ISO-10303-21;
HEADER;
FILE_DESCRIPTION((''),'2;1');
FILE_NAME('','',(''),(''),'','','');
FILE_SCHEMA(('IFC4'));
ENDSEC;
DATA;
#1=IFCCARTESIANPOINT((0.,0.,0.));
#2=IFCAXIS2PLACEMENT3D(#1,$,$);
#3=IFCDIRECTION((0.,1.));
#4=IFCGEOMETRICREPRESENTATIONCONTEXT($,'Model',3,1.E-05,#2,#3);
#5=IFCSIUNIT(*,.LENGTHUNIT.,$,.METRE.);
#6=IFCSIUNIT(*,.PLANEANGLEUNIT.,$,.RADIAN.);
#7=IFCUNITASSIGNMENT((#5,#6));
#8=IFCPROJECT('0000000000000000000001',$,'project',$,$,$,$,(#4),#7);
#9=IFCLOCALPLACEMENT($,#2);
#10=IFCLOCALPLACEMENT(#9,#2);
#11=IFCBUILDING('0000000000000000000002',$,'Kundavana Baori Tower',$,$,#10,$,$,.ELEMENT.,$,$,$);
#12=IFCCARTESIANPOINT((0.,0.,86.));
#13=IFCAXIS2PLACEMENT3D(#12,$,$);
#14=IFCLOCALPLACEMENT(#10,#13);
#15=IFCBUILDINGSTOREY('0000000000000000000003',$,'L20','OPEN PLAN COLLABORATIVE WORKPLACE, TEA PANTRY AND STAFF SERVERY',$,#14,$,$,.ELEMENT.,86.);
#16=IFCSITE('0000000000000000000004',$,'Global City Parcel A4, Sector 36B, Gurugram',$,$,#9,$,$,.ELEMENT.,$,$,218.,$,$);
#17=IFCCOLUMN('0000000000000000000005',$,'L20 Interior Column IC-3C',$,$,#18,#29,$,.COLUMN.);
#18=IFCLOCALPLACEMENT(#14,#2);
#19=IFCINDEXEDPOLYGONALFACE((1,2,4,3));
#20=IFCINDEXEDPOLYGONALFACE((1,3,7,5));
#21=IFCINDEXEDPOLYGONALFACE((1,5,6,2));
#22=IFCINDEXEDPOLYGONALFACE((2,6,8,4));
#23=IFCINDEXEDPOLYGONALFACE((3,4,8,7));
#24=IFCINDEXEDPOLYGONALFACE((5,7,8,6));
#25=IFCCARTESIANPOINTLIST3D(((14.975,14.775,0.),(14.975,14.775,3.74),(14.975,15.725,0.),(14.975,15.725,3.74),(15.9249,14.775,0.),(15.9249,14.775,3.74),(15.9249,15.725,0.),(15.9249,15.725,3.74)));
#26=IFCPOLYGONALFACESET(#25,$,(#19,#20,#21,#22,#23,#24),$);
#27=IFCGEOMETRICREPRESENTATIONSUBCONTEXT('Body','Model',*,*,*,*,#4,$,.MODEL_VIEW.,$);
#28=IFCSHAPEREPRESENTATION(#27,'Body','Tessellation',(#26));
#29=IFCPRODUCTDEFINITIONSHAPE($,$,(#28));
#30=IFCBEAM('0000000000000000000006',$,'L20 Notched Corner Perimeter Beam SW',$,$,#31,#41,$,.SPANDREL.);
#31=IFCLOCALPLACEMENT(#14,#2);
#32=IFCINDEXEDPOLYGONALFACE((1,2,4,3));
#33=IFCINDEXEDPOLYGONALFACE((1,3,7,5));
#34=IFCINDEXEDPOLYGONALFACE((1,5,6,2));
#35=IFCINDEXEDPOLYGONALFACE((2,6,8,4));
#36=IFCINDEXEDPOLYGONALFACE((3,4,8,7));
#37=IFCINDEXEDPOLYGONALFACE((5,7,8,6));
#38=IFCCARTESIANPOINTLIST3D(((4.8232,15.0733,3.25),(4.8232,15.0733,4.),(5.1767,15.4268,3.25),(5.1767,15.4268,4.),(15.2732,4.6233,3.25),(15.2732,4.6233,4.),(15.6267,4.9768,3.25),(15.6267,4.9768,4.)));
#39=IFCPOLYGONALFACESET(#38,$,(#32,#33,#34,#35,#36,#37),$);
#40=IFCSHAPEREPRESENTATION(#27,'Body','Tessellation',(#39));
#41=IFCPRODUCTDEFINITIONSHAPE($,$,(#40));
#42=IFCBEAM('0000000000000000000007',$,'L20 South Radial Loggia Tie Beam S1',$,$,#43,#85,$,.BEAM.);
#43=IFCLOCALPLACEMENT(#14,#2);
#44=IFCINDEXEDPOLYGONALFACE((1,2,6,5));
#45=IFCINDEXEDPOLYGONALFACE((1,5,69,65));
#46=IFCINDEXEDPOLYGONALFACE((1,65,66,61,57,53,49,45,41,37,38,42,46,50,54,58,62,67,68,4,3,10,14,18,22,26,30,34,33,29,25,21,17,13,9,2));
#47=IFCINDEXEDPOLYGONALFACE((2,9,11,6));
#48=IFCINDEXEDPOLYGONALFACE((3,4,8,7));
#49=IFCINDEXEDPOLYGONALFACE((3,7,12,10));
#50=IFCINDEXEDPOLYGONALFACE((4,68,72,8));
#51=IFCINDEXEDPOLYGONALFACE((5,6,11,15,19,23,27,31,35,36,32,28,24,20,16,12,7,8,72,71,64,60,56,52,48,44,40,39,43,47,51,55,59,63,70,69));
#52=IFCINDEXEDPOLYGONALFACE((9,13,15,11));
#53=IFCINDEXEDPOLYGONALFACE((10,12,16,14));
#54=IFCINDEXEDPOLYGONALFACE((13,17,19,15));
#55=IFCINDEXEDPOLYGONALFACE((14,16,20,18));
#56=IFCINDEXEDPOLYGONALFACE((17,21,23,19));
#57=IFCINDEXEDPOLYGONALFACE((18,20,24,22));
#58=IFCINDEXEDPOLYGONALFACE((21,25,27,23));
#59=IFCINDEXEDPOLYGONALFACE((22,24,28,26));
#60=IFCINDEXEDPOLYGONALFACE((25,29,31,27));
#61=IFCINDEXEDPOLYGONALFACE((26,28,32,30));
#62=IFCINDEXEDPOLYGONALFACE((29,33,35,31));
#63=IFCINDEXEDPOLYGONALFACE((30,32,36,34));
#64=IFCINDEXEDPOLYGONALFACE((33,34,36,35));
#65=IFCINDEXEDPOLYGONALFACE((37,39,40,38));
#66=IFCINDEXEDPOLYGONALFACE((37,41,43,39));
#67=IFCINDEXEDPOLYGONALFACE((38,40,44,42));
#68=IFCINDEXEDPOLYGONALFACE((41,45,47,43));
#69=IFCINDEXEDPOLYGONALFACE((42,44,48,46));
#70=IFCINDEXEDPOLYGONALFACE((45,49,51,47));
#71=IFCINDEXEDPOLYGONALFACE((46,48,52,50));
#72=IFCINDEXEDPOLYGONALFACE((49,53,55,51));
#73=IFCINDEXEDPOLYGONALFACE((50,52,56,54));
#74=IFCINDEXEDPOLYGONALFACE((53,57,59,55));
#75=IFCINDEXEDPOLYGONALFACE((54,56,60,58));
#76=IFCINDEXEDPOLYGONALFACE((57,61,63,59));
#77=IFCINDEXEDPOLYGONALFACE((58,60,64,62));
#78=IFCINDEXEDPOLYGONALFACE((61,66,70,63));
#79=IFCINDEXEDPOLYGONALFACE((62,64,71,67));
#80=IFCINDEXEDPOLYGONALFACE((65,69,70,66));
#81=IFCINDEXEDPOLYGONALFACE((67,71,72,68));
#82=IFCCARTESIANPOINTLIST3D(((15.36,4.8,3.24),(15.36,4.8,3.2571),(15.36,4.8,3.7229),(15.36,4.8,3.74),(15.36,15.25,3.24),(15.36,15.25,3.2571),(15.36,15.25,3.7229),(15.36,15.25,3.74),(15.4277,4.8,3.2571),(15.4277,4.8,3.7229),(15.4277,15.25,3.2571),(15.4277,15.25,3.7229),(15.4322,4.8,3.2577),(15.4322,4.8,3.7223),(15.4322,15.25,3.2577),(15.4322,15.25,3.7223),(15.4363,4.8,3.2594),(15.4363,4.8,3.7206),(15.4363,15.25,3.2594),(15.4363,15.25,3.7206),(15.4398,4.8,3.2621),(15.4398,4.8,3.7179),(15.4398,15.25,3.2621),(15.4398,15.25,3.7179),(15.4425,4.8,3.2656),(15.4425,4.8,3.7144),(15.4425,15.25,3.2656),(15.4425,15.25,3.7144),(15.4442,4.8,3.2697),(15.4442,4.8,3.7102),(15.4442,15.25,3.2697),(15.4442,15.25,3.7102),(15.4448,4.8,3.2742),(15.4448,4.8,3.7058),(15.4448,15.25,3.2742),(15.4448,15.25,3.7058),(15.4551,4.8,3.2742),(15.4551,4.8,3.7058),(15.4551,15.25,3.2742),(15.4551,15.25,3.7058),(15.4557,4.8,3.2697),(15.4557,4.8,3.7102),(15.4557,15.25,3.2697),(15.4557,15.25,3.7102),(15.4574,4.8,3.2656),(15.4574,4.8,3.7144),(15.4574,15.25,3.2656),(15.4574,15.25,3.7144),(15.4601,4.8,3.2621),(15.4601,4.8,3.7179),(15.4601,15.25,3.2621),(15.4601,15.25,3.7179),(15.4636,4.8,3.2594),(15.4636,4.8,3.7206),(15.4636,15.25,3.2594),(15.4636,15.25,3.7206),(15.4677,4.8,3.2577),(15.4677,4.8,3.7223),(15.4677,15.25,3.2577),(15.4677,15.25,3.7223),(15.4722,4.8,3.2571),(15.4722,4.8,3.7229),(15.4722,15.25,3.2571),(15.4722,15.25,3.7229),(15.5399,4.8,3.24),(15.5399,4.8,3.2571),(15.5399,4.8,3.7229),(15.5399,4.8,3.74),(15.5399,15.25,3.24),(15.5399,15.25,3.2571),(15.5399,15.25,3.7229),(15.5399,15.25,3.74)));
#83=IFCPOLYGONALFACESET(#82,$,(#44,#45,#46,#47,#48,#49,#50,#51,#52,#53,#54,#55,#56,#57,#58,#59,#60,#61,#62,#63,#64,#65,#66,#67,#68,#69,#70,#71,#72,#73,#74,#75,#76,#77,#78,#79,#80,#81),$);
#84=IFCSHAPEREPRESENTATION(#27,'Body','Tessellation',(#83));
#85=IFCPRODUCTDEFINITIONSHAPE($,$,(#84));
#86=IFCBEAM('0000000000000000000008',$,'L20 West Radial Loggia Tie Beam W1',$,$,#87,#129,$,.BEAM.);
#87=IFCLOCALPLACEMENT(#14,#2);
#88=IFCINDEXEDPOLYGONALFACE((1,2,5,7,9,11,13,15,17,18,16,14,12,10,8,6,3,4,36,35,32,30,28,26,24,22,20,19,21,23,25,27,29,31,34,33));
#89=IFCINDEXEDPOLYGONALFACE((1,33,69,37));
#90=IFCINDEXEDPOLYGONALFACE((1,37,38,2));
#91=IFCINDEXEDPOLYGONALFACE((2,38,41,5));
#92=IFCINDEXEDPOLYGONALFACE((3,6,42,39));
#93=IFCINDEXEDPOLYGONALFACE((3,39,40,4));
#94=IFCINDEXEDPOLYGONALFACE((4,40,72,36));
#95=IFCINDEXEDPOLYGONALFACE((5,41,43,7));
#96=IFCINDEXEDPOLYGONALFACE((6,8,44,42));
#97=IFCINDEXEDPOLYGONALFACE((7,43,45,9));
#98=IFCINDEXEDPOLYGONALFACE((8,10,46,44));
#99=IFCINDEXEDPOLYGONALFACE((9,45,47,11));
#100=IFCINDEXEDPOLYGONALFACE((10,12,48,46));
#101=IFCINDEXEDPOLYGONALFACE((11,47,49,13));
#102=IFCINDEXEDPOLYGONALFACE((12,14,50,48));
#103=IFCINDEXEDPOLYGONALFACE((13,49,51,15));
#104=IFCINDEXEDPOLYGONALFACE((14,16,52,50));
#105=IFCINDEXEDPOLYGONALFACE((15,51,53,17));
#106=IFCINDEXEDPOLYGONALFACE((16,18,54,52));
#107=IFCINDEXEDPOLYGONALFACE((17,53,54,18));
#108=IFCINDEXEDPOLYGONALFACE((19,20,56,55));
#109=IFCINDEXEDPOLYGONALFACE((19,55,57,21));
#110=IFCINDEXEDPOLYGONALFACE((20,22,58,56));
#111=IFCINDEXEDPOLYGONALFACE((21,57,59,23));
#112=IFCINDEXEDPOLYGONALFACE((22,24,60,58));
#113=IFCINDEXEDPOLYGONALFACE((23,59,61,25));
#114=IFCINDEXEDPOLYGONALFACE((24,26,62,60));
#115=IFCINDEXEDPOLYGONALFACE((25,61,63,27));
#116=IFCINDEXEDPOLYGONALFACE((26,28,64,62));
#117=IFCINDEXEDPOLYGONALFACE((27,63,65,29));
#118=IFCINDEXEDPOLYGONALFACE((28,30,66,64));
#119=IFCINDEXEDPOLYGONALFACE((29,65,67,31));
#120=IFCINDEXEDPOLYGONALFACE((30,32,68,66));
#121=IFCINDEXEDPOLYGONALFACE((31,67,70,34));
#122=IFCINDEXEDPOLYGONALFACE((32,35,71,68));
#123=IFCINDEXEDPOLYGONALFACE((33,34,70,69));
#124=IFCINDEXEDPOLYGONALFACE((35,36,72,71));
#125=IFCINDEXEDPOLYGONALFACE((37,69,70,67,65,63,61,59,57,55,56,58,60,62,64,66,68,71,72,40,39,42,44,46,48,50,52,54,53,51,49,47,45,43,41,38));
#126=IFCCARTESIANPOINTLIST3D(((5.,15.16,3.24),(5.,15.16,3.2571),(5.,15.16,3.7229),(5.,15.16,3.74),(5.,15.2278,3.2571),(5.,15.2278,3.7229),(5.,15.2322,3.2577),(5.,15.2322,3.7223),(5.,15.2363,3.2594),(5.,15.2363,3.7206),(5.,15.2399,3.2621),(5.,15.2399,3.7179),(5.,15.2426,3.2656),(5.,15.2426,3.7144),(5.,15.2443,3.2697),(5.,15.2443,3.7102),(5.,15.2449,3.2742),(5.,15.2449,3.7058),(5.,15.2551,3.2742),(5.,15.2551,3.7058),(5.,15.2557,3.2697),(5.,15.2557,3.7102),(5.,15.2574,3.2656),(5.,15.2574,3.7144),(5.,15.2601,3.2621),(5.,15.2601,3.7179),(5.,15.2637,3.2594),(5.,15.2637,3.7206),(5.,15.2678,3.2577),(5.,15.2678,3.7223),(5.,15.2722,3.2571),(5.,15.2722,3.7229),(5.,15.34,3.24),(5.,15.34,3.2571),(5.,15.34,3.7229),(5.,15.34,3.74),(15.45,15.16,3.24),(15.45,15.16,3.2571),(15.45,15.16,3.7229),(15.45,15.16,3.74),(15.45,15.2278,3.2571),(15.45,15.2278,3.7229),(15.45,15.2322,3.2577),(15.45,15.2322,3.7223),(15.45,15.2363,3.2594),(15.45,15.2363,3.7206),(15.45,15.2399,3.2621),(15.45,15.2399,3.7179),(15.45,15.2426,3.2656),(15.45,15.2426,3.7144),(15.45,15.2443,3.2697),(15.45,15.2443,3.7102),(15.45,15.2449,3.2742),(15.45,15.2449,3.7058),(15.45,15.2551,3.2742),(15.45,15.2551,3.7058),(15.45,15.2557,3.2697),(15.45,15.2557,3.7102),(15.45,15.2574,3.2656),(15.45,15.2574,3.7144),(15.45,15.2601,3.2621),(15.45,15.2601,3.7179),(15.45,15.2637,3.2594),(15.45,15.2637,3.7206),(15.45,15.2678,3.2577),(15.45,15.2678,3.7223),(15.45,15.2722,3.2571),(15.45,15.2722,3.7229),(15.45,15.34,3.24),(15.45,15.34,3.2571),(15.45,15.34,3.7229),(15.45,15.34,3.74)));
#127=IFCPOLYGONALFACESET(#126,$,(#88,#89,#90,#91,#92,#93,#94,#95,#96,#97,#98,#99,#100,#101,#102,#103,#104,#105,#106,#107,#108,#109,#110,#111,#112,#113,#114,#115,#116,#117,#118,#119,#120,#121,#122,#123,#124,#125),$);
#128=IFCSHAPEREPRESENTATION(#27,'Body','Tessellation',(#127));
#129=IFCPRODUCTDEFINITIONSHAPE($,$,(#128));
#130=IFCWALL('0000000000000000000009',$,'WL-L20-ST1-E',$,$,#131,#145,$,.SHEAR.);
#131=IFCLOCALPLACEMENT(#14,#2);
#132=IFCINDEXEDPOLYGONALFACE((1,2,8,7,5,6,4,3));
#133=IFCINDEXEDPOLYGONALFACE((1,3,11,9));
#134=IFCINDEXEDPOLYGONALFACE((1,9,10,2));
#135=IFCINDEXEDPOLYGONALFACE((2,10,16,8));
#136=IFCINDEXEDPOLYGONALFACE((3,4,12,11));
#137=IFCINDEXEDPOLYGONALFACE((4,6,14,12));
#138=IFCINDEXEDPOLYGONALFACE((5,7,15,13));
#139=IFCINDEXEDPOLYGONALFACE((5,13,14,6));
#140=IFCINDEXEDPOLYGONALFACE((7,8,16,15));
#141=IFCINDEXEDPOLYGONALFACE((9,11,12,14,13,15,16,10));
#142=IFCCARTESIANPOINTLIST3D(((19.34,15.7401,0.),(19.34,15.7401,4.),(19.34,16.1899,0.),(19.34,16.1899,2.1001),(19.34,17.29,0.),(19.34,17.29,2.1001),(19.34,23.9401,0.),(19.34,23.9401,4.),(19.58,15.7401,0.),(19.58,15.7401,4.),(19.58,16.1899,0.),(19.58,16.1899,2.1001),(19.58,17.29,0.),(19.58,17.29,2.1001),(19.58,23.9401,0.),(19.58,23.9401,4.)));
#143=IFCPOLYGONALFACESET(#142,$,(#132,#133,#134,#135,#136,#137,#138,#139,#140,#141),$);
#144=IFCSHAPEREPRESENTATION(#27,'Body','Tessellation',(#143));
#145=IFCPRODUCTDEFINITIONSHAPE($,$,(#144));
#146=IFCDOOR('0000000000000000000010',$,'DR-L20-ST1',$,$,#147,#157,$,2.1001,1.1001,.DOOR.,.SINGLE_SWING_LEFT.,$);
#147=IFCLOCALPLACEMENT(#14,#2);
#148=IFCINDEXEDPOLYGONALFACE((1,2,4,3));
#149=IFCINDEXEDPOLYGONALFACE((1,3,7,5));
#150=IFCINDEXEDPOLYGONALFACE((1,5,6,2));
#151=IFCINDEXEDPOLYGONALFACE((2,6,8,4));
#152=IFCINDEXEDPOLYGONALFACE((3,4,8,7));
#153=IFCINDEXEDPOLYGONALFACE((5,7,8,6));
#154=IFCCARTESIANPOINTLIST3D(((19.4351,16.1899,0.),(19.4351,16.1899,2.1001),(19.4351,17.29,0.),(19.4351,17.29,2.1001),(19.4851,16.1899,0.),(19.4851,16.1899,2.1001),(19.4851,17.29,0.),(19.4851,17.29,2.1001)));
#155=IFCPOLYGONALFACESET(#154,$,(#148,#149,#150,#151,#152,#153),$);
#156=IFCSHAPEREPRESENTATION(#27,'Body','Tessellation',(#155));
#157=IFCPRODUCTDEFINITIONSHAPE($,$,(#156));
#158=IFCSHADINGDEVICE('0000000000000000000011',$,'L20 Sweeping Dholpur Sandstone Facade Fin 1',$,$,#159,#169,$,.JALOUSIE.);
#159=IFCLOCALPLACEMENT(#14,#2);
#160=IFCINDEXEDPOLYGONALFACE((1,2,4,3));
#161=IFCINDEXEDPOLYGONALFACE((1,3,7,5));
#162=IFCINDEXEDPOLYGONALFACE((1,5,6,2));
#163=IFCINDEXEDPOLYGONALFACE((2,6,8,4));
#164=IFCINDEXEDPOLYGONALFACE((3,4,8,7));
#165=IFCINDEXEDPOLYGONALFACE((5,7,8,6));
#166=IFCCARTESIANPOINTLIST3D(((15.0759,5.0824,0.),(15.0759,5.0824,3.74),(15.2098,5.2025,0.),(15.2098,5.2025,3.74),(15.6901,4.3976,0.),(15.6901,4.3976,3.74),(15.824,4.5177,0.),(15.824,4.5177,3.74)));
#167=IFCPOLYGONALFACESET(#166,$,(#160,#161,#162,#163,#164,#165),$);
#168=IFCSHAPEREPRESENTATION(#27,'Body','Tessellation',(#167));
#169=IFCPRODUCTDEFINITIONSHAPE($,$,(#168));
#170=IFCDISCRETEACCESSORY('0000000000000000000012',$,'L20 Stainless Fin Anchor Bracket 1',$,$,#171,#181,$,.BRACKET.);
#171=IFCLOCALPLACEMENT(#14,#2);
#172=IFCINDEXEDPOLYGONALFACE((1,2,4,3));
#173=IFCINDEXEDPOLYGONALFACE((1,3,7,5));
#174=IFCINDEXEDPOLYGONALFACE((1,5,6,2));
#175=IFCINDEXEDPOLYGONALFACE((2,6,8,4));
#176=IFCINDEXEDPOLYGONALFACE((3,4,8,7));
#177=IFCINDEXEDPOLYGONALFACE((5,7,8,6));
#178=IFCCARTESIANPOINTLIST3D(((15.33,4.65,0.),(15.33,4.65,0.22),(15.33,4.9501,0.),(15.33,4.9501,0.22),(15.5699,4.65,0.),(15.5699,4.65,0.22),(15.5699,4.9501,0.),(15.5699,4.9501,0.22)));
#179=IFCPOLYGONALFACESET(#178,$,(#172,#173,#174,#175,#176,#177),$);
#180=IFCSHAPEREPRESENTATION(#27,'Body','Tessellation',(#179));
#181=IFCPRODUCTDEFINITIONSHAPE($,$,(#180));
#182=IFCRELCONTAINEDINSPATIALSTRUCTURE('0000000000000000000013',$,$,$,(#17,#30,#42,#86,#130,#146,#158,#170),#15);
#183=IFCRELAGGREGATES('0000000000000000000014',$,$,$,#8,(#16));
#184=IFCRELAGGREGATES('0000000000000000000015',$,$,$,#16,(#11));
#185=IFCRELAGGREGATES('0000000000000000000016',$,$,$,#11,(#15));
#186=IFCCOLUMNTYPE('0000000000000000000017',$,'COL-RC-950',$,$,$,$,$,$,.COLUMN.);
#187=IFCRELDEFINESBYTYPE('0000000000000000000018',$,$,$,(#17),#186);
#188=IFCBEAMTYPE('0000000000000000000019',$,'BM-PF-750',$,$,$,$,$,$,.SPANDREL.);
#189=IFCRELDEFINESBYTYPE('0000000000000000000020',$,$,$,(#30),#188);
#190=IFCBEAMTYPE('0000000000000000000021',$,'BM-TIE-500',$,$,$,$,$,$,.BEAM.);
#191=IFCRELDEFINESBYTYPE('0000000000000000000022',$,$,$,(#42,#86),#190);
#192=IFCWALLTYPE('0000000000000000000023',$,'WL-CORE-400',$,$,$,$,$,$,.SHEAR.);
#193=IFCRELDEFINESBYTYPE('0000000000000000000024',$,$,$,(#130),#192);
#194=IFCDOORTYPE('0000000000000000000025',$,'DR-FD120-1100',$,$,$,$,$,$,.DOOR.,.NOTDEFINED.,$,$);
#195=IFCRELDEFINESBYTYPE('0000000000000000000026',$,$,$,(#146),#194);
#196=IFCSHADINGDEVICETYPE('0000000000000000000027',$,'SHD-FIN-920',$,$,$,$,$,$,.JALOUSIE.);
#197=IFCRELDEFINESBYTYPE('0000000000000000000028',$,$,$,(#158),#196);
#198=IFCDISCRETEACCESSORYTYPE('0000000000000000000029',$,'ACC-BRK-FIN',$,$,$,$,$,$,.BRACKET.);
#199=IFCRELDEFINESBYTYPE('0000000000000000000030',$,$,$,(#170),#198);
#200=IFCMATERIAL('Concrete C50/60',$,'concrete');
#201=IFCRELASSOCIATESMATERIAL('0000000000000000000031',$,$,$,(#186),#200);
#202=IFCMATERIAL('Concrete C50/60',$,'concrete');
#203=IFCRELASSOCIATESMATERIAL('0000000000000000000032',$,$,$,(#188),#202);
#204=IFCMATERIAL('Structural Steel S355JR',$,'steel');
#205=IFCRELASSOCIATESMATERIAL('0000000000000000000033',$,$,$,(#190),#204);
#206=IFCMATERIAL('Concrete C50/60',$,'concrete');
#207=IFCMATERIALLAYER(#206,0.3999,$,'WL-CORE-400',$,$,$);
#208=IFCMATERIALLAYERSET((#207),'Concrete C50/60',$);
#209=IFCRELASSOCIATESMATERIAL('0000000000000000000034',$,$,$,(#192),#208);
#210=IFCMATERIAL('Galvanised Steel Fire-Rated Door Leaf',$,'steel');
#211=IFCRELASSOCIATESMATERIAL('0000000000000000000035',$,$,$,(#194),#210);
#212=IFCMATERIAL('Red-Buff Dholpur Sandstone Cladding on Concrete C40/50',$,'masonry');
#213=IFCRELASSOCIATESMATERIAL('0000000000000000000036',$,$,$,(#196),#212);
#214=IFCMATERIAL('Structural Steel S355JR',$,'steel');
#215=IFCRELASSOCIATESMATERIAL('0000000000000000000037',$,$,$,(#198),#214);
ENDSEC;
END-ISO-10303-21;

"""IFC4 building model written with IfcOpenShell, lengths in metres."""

from ifc_helpers import new_model, si_unit, direction, frame, frame_2d, origin, origin_2d, place, context, subcontext, project, spatial, rectangle, i_section, extrude, material, layer, layer_set, material_profile, profile_set, type_object, element, fill, save


model = new_model("IFC4")

# Units and contexts
model_context = context("Model", 3, precision=1e-05, world=origin(), true_north=direction((0.0, 1.0)))
body_context = subcontext(model_context, "Body", "Model", "MODEL_VIEW")
ifc_project = project(units=[si_unit("LENGTHUNIT", "METRE"), si_unit("PLANEANGLEUNIT", "RADIAN")], contexts=[model_context])

# Site, building, storey
site_placement = place(None, origin())
site = spatial("IfcSite", under=ifc_project, at=site_placement, Name="Global City Parcel A4, Sector 36B, Gurugram", CompositionType="ELEMENT", RefElevation=218.0)
building_placement = place(site_placement, origin())
building = spatial("IfcBuilding", under=site, at=building_placement, Name="Kundavana Baori Tower", CompositionType="ELEMENT")
storey_placement = place(building_placement, frame((0.0, 0.0, 86.0)))
storey = spatial("IfcBuildingStorey", under=building, at=storey_placement, Name="L20", Description="OPEN PLAN COLLABORATIVE WORKPLACE, TEA PANTRY AND STAFF SERVERY", CompositionType="ELEMENT", Elevation=86.0)

# Column
ifc_material_1 = material(Name="Concrete C50/60", Category="concrete")
ifc_material_profile_1 = material_profile(ifc_material_1, rectangle(XDim=0.95, YDim=0.95, at=origin_2d()), Name="RC 950x950")
ifc_profile_set_1 = profile_set([ifc_material_profile_1], Name="Concrete C50/60")
column_type = type_object("IfcColumnType", Name="COL-RC-950", PredefinedType="COLUMN", material=ifc_profile_set_1)
column_placement = place(storey_placement, frame((15.45, 15.25, 0.0), z_axis=(0.0, 0.0, 1.0), x_axis=(1.0, 0.0, 0.0)))
element("IfcColumn", 1, at=column_placement, inside=storey, type_object=column_type, Name="L20 Interior Column IC-3C", PredefinedType="COLUMN", context=body_context, shape_type="SweptSolid", body=[
    extrude(rectangle(XDim=0.95, YDim=0.95, at=origin_2d()), origin(), (0.0, 0.0, 1.0), 3.74),
])

# Beams
ifc_material_2 = material(Name="Concrete C50/60", Category="concrete")
ifc_material_profile_2 = material_profile(ifc_material_2, rectangle(XDim=0.5, YDim=0.75, at=origin_2d()), Name="RC BM 500x750")
ifc_profile_set_2 = profile_set([ifc_material_profile_2], Name="Concrete C50/60")
beam_type_1 = type_object("IfcBeamType", Name="BM-PF-750", PredefinedType="SPANDREL", material=ifc_profile_set_2)
beam_placement = place(storey_placement, frame((15.45, 4.8, 3.625), z_axis=(-0.707107, 0.707107, 0.0), x_axis=(-0.707107, -0.707107, 0.0)))
element("IfcBeam", 2, at=beam_placement, inside=storey, type_object=beam_type_1, Name="L20 Notched Corner Perimeter Beam SW", PredefinedType="SPANDREL", context=body_context, shape_type="SweptSolid", body=[
    extrude(rectangle(XDim=0.5, YDim=0.75, at=origin_2d()), origin(), (0.0, 0.0, 1.0), 14.7786),
])
ifc_material_3 = material(Name="Structural Steel S355JR", Category="steel")
ifc_material_profile_3 = material_profile(ifc_material_3, i_section(OverallWidth=0.1799, OverallDepth=0.5, WebThickness=0.0103, FlangeThickness=0.0171, FilletRadius=0.0171, at=origin_2d()), Name="ISMB 500")
ifc_profile_set_3 = profile_set([ifc_material_profile_3], Name="Structural Steel S355JR")
beam_type_2 = type_object("IfcBeamType", Name="BM-TIE-500", PredefinedType="BEAM", material=ifc_profile_set_3)
for number, where, z_axis, x_axis, name in (
    (3, (15.45, 15.25, 3.49), (0.0, -1.0, 0.0), (1.0, 0.0, 0.0), "L20 South Radial Loggia Tie Beam S1"),
    (4, (15.45, 15.25, 3.49), (-1.0, 0.0, 0.0), (0.0, -1.0, 0.0), "L20 West Radial Loggia Tie Beam W1"),
):
    element("IfcBeam", number, at=place(storey_placement, frame(where, z_axis=z_axis, x_axis=x_axis)), inside=storey, type_object=beam_type_2, Name=name, PredefinedType="BEAM", context=body_context, shape_type="SweptSolid", body=[
        extrude(i_section(OverallWidth=0.1799, OverallDepth=0.5, WebThickness=0.0103, FlangeThickness=0.0171, FilletRadius=0.0171, at=origin_2d()), origin(), (0.0, 0.0, 1.0), 10.45),
    ])

# Wall, opening, door
ifc_material_4 = material(Name="Concrete C50/60", Category="concrete")
ifc_layer_1 = layer(ifc_material_4, 0.3999, Name="WL-CORE-400")
ifc_layer_set_1 = layer_set([ifc_layer_1], Name="Concrete C50/60")
wall_type_1 = type_object("IfcWallType", Name="WL-CORE-400", PredefinedType="SHEAR", material=ifc_layer_set_1)
wall_1_placement = place(storey_placement, frame((19.46, 15.74, 0.0), z_axis=(0.0, 0.0, 1.0), x_axis=(0.0, 1.0, 0.0)))
wall_1 = element("IfcWall", 5, at=wall_1_placement, inside=storey, type_object=wall_type_1, Name="WL-L20-ST1-E", PredefinedType="SHEAR", context=body_context, shape_type="SweptSolid", body=[
    extrude(rectangle(XDim=8.2, YDim=0.24, at=frame_2d((4.1001, 0.0))), origin(), (0.0, 0.0, 1.0), 4.0),
])
opening_1_placement = place(wall_1_placement, frame((0.45, 0.0, 0.0)))
opening_1 = element("IfcOpeningElement", 6, at=opening_1_placement, cuts=wall_1, PredefinedType="OPENING", context=body_context, shape_type="SweptSolid", body=[
    extrude(rectangle(XDim=1.1001, YDim=2.1001, at=frame_2d((0.55, 1.05))), frame((0.0, 0.1299, 0.0), z_axis=(0.0, -1.0, 0.0), x_axis=(1.0, 0.0, 0.0)), (0.0, 0.0, 1.0), 0.26),
])
ifc_material_5 = material(Name="Galvanised Steel Fire-Rated Door Leaf", Category="steel")
door_type_1 = type_object("IfcDoorType", Name="DR-FD120-1100", OperationType="NOTDEFINED", PredefinedType="DOOR", material=ifc_material_5)
door_1_placement = place(opening_1_placement, origin())
door_1 = element("IfcDoor", 7, at=door_1_placement, inside=storey, type_object=door_type_1, Name="DR-L20-ST1", OperationType="SINGLE_SWING_LEFT", OverallHeight=2.1001, OverallWidth=1.1001, PredefinedType="DOOR", context=body_context, shape_type="SweptSolid", body=[
    extrude(rectangle(XDim=1.1001, YDim=2.1001, at=frame_2d((0.55, 1.05))), frame((0.0, 0.0249, 0.0), z_axis=(0.0, -1.0, 0.0), x_axis=(1.0, 0.0, 0.0)), (0.0, 0.0, 1.0), 0.05),
])
fill(opening_1, door_1)

# Shading device
ifc_material_6 = material(Name="Red-Buff Dholpur Sandstone Cladding on Concrete C40/50", Category="masonry")
shading_device_type = type_object("IfcShadingDeviceType", Name="SHD-FIN-920", PredefinedType="JALOUSIE", material=ifc_material_6)
shading_device_placement = place(storey_placement, frame((15.45, 4.8, 0.0), z_axis=(0.0, 0.0, 1.0), x_axis=(0.744428, 0.667703, 0.0)))
element("IfcShadingDevice", 8, at=shading_device_placement, inside=storey, type_object=shading_device_type, Name="L20 Sweeping Dholpur Sandstone Facade Fin 1", PredefinedType="JALOUSIE", context=body_context, shape_type="SweptSolid", body=[
    extrude(rectangle(XDim=0.1799, YDim=0.9199, at=origin_2d()), origin(), (0.0, 0.0, 1.0), 3.74),
])

# Discrete accessory
ifc_material_7 = material(Name="Structural Steel S355JR", Category="steel")
discrete_accessory_type = type_object("IfcDiscreteAccessoryType", Name="ACC-BRK-FIN", PredefinedType="BRACKET", material=ifc_material_7)
discrete_accessory_placement = place(storey_placement, frame((15.45, 4.8, 0.0), z_axis=(0.0, 0.0, 1.0), x_axis=(1.0, 0.0, 0.0)))
element("IfcDiscreteAccessory", 9, at=discrete_accessory_placement, inside=storey, type_object=discrete_accessory_type, Name="L20 Stainless Fin Anchor Bracket 1", PredefinedType="BRACKET", context=body_context, shape_type="SweptSolid", body=[
    extrude(rectangle(XDim=0.24, YDim=0.3, at=origin_2d()), origin(), (0.0, 0.0, 1.0), 0.22),
])

save(model, "model.ifc")
